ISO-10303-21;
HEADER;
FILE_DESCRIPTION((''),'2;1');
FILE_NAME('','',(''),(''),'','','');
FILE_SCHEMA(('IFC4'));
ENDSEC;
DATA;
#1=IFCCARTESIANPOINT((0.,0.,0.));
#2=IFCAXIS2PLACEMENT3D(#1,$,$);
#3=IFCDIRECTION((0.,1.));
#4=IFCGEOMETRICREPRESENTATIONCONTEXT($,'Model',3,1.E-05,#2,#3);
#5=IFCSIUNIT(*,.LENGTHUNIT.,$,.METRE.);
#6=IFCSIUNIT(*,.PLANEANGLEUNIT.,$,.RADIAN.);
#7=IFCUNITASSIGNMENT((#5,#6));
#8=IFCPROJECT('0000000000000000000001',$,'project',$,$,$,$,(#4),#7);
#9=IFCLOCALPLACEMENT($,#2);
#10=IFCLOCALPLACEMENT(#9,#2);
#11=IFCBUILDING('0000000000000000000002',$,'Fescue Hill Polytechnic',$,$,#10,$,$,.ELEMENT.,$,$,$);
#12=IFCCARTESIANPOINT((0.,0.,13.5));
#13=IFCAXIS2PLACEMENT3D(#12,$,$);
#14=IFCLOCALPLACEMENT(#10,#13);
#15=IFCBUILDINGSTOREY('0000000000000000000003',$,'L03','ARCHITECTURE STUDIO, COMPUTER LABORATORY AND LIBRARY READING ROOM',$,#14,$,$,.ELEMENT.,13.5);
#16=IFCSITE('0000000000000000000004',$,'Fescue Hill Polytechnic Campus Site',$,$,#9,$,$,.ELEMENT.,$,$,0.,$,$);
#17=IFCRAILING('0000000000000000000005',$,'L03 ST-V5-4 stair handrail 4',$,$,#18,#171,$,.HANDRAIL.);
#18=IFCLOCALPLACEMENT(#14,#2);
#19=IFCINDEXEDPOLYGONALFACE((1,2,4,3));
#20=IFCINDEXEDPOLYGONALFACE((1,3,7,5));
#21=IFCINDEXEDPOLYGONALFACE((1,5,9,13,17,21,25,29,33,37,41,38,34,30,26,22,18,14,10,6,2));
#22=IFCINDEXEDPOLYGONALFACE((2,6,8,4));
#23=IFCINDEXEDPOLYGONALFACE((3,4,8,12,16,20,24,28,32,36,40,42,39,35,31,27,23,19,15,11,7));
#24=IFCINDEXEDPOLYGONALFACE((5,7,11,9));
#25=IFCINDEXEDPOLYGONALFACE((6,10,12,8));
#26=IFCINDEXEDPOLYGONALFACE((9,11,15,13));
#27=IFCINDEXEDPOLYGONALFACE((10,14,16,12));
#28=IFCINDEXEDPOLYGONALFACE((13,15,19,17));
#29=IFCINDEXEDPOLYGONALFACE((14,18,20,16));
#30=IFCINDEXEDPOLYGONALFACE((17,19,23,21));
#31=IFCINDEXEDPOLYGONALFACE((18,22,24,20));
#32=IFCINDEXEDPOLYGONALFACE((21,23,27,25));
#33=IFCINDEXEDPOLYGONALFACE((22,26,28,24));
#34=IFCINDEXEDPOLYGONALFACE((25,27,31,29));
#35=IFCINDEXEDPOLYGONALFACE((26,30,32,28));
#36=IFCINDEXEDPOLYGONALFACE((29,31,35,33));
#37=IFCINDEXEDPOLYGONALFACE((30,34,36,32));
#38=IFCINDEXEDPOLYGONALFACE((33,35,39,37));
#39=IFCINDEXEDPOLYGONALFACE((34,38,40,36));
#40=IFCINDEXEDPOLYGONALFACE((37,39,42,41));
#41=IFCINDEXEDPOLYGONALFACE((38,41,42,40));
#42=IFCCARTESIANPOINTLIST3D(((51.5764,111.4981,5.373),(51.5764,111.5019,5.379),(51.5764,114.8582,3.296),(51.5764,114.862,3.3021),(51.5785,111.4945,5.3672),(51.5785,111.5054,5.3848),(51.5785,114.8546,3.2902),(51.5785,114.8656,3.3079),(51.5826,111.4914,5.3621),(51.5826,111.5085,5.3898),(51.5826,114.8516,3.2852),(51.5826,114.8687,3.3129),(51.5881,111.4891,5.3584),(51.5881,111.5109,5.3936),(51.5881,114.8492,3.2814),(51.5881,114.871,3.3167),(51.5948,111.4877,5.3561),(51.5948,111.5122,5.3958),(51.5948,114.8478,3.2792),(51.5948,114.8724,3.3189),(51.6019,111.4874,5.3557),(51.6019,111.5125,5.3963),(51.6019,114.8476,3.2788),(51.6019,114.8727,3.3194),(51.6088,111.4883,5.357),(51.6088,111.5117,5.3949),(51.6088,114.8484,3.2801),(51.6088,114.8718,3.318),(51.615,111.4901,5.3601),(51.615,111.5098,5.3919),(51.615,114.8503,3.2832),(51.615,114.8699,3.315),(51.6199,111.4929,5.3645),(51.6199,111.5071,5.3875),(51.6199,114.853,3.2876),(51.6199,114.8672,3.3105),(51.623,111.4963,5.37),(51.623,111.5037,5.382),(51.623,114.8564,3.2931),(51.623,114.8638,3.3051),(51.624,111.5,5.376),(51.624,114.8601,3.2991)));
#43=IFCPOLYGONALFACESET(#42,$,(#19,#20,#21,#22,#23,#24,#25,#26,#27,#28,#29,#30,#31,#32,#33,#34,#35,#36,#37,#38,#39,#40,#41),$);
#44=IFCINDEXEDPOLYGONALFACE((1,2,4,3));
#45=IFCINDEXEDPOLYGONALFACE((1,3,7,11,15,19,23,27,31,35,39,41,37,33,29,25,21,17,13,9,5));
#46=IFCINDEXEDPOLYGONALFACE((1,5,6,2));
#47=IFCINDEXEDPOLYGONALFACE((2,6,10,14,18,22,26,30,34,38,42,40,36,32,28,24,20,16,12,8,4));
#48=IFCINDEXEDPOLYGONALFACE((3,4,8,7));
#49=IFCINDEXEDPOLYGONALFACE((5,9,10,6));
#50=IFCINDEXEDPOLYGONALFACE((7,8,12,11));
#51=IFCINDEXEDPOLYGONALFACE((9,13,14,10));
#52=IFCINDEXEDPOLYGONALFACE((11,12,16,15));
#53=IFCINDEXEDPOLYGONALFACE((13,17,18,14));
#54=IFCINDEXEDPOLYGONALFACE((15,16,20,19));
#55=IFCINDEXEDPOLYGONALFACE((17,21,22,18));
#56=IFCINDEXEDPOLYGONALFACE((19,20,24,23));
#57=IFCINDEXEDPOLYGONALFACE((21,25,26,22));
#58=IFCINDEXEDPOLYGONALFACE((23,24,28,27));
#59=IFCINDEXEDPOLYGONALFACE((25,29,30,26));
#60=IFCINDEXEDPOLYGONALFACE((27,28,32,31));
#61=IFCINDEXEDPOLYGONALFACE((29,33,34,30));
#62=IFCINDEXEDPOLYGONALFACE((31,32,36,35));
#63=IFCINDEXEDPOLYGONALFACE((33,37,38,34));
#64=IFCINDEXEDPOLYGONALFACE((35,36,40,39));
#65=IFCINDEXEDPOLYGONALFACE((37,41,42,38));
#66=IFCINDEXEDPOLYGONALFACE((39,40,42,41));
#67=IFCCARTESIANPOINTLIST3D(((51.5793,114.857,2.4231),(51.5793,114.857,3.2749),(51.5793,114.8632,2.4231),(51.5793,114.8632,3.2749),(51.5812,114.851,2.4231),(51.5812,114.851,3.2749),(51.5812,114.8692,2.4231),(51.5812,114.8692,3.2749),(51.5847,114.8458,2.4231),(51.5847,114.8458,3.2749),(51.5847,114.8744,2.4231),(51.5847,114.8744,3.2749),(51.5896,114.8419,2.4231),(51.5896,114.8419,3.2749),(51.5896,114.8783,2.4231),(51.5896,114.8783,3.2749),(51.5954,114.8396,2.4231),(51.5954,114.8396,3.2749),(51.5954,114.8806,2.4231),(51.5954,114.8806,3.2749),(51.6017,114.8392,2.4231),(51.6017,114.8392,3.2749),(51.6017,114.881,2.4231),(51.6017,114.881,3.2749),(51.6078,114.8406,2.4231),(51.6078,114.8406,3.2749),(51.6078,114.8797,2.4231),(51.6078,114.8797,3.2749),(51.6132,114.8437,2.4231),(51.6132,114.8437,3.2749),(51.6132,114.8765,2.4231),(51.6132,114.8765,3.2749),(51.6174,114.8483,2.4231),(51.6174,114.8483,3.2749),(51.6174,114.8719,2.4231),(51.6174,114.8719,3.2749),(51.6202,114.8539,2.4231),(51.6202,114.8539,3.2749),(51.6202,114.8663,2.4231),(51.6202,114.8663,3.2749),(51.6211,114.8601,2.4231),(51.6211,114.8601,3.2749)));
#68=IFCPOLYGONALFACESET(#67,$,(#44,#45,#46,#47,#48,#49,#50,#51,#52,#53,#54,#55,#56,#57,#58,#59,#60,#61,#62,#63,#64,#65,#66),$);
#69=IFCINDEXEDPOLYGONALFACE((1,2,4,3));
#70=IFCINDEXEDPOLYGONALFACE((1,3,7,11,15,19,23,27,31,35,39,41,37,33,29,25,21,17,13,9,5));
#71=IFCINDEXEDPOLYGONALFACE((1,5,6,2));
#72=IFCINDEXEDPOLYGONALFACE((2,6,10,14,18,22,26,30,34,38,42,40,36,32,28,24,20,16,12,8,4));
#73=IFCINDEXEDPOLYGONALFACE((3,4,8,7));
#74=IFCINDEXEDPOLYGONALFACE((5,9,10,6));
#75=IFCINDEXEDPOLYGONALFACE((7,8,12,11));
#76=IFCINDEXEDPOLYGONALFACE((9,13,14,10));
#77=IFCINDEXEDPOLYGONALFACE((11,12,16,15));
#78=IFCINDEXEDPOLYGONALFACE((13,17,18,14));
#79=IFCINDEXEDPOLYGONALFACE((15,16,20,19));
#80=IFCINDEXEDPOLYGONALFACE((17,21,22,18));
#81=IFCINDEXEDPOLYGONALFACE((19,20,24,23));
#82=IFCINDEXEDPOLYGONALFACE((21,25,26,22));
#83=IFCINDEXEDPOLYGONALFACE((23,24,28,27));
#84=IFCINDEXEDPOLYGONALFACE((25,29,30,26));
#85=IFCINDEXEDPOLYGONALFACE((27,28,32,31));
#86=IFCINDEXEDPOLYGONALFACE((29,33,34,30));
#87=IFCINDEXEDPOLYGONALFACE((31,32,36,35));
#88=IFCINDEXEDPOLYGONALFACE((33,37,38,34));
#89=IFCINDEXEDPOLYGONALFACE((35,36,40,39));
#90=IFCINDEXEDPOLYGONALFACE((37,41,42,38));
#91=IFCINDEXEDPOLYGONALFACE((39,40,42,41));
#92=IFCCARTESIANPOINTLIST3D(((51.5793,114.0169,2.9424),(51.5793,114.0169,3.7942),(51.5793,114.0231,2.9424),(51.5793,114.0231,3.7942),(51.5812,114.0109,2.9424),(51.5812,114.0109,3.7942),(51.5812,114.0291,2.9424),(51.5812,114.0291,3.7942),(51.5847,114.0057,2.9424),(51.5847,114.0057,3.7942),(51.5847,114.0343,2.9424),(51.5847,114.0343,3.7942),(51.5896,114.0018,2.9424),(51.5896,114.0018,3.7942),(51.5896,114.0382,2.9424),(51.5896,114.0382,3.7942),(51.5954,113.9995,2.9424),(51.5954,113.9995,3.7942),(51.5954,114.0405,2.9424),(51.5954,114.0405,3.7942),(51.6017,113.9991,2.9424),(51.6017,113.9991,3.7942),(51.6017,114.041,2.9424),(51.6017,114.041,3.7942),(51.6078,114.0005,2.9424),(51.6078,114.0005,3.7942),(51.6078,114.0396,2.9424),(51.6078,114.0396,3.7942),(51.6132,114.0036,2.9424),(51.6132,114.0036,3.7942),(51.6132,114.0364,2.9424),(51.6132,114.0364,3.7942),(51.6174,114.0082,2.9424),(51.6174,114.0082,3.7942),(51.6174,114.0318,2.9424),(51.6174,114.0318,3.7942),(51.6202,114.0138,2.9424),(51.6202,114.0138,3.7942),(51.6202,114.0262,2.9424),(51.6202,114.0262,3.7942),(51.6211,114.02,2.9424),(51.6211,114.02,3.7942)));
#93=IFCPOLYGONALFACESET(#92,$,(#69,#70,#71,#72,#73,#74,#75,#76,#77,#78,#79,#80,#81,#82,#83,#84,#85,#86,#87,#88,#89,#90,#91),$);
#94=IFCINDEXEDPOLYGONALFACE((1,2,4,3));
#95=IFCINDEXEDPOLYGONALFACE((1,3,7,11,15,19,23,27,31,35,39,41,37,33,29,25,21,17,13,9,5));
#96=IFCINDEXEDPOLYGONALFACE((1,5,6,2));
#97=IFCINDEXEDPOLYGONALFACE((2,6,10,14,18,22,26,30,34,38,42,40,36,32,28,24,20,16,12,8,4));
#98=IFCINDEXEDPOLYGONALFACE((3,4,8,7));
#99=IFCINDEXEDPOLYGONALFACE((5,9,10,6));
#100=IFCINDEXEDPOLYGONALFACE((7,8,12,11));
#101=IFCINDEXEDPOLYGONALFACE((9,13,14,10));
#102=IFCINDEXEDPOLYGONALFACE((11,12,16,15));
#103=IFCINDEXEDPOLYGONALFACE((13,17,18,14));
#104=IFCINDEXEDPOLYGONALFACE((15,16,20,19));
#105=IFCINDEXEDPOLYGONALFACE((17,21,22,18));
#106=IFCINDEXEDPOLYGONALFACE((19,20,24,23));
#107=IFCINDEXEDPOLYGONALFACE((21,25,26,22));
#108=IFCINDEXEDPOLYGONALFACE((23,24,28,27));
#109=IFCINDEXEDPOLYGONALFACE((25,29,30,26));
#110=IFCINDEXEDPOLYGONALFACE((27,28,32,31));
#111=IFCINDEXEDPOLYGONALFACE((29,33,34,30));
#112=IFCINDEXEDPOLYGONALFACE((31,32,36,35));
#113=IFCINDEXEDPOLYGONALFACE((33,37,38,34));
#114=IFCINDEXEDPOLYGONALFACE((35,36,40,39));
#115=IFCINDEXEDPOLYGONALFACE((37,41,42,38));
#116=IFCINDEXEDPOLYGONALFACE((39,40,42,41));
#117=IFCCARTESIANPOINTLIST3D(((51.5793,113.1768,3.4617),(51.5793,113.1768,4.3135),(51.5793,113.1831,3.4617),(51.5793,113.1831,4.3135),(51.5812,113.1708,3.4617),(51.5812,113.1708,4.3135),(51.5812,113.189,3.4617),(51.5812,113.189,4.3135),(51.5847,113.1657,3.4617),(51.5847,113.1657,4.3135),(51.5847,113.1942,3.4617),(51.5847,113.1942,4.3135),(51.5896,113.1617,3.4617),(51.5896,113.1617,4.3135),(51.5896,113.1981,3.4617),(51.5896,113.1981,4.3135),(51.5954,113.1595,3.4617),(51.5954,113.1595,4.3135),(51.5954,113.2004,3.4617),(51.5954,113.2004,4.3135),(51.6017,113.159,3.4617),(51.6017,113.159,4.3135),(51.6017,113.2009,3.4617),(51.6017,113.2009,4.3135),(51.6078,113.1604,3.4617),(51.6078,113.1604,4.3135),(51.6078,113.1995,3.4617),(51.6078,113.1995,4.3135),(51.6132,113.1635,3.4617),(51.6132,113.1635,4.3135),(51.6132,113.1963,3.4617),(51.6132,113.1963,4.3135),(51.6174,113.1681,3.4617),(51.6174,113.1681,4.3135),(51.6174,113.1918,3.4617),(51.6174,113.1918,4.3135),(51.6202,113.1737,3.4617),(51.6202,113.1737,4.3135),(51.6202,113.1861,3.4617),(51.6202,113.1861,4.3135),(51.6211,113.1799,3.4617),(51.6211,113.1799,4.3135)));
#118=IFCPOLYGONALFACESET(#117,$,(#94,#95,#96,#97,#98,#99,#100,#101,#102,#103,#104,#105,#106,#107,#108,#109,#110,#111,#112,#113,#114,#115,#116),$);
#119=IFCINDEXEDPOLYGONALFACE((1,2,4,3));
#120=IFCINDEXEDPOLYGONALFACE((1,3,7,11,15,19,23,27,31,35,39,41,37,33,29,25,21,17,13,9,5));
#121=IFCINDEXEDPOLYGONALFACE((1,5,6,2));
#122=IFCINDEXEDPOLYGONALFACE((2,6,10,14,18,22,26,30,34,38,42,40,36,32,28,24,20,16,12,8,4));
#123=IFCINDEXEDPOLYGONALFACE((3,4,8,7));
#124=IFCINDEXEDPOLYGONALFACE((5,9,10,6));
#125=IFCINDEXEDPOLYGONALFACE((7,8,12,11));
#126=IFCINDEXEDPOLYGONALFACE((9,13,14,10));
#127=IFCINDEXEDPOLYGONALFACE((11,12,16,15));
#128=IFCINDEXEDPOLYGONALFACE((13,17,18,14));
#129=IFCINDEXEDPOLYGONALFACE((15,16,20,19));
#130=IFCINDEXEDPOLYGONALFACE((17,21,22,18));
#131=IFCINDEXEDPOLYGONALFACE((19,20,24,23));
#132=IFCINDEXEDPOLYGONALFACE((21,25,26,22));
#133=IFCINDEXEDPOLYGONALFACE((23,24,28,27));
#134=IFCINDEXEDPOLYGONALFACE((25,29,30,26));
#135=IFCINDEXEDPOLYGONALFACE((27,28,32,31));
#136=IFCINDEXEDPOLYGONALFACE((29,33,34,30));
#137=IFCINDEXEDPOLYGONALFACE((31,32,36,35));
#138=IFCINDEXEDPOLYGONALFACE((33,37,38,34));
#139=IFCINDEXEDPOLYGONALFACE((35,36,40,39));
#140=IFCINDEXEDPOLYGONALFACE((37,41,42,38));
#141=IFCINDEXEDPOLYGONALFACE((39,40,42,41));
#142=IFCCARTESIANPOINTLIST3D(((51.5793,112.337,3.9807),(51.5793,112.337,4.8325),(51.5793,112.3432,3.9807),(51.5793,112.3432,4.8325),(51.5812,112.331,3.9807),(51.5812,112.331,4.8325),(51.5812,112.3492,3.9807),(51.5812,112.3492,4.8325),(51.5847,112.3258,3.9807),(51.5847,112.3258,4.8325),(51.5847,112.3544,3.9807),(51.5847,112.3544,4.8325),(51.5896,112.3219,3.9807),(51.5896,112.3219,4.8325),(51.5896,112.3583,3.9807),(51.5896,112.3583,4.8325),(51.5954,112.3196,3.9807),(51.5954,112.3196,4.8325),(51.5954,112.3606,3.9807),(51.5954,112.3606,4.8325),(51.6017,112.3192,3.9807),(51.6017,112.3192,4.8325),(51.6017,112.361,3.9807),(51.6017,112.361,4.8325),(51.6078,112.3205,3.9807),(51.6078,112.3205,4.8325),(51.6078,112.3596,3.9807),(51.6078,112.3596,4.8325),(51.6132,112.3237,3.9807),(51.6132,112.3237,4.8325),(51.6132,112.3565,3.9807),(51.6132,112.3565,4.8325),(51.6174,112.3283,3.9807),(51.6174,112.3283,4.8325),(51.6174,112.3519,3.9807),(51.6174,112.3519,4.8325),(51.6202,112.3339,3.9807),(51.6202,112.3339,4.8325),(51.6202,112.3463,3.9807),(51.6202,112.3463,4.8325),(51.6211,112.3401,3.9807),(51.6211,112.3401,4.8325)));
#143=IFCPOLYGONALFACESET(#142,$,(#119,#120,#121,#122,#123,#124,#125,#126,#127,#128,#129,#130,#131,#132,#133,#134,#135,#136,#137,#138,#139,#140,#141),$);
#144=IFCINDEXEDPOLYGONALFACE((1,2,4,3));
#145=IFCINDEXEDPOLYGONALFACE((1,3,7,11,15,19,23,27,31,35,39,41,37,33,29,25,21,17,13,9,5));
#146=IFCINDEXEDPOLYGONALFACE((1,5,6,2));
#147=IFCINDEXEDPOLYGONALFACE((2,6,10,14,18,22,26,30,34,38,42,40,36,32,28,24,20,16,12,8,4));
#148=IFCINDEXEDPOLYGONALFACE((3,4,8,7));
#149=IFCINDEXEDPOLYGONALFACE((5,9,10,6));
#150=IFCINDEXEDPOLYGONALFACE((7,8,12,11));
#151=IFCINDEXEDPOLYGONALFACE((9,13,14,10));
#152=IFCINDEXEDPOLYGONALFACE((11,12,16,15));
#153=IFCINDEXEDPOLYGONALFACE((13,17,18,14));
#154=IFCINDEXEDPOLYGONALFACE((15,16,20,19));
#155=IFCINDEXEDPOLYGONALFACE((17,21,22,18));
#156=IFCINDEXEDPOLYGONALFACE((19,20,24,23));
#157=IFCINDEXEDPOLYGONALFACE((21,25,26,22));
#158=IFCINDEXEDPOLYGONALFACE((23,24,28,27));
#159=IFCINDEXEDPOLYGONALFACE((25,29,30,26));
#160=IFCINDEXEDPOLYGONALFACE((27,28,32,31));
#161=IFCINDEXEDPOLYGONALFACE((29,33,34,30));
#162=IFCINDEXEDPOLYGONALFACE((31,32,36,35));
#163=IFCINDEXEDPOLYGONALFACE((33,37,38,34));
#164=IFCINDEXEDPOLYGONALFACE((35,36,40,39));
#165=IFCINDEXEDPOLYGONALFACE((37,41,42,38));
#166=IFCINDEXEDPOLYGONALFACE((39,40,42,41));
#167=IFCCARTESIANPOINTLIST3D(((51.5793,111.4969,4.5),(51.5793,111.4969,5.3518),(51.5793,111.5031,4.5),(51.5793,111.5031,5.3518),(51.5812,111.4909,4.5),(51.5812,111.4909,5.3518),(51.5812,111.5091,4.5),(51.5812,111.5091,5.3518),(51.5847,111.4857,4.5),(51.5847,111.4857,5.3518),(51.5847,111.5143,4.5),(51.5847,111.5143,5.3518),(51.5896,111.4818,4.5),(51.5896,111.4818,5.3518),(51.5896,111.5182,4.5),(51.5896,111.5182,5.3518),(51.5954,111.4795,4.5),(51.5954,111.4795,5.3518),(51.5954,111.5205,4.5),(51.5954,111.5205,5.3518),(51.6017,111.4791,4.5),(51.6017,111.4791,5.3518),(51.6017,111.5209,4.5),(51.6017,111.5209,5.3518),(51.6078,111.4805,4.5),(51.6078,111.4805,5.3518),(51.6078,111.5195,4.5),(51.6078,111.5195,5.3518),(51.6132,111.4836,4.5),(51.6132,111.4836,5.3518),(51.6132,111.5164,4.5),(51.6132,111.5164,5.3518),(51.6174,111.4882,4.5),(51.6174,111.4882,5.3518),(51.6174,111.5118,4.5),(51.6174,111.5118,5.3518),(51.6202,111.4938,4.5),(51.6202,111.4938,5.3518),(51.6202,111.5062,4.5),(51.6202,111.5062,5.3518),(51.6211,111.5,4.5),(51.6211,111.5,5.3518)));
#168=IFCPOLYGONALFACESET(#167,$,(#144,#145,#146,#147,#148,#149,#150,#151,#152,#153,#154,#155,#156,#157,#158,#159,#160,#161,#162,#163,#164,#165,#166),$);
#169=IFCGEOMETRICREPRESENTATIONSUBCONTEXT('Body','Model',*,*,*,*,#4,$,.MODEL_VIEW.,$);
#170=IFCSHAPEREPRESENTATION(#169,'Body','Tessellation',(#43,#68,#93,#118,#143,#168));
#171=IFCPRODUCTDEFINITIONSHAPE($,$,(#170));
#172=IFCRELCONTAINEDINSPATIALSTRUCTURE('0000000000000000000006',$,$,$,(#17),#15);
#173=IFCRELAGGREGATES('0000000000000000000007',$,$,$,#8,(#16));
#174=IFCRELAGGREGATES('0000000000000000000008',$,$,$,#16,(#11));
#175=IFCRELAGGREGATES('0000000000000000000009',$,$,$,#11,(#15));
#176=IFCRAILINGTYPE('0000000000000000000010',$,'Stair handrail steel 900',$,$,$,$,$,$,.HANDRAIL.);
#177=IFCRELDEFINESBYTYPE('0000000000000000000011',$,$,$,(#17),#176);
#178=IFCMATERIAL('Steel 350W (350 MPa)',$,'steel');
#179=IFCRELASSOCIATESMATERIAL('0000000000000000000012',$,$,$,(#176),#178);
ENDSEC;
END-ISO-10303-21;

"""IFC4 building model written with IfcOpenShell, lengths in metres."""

from ifc_helpers import new_model, si_unit, direction, frame, origin, origin_2d, place, context, subcontext, project, spatial, circle, extrude, material, type_object, element, save


model = new_model("IFC4")

# Units and contexts
model_context = context("Model", 3, precision=1e-05, world=origin(), true_north=direction((0.0, 1.0)))
body_context = subcontext(model_context, "Body", "Model", "MODEL_VIEW")
ifc_project = project(units=[si_unit("LENGTHUNIT", "METRE"), si_unit("PLANEANGLEUNIT", "RADIAN")], contexts=[model_context])

# Site, building, storey
site_placement = place(None, origin())
site = spatial("IfcSite", under=ifc_project, at=site_placement, Name="Fescue Hill Polytechnic Campus Site", CompositionType="ELEMENT", RefElevation=0.0)
building_placement = place(site_placement, origin())
building = spatial("IfcBuilding", under=site, at=building_placement, Name="Fescue Hill Polytechnic", CompositionType="ELEMENT")
storey_placement = place(building_placement, frame((0.0, 0.0, 13.5)))
storey = spatial("IfcBuildingStorey", under=building, at=storey_placement, Name="L03", Description="ARCHITECTURE STUDIO, COMPUTER LABORATORY AND LIBRARY READING ROOM", CompositionType="ELEMENT", Elevation=13.5)

# Railing
ifc_material_1 = material(Name="Steel 350W (350 MPa)", Category="steel")
railing_type_1 = type_object("IfcRailingType", Name="Stair handrail steel 900", PredefinedType="HANDRAIL", material=ifc_material_1)
railing_1_placement = place(storey_placement, frame((51.6001, 114.8601, 2.4231)))
element("IfcRailing", 1, at=railing_1_placement, inside=storey, type_object=railing_type_1, Name="L03 ST-V5-4 stair handrail 4", PredefinedType="HANDRAIL", context=body_context, shape_type="SweptSolid", body=[
    extrude(circle(Radius=0.0239, at=origin_2d()), frame((0.0, 0.0, 0.876), z_axis=(0.0, -0.850623, 0.525776), x_axis=(1.0, 0.0, 0.0)), (0.0, 0.0, 1.0), 3.9502),
    extrude(circle(Radius=0.021, at=origin_2d()), origin(), (0.0, 0.0, 1.0), 0.8518),
    extrude(circle(Radius=0.021, at=origin_2d()), frame((0.0, -0.8401, 0.5193)), (0.0, 0.0, 1.0), 0.8518),
    extrude(circle(Radius=0.021, at=origin_2d()), frame((0.0, -1.6802, 1.0386)), (0.0, 0.0, 1.0), 0.8518),
    extrude(circle(Radius=0.021, at=origin_2d()), frame((0.0, -2.52, 1.5576)), (0.0, 0.0, 1.0), 0.8518),
    extrude(circle(Radius=0.021, at=origin_2d()), frame((0.0, -3.3601, 2.0769)), (0.0, 0.0, 1.0), 0.8518),
])

save(model, "model.ifc")
